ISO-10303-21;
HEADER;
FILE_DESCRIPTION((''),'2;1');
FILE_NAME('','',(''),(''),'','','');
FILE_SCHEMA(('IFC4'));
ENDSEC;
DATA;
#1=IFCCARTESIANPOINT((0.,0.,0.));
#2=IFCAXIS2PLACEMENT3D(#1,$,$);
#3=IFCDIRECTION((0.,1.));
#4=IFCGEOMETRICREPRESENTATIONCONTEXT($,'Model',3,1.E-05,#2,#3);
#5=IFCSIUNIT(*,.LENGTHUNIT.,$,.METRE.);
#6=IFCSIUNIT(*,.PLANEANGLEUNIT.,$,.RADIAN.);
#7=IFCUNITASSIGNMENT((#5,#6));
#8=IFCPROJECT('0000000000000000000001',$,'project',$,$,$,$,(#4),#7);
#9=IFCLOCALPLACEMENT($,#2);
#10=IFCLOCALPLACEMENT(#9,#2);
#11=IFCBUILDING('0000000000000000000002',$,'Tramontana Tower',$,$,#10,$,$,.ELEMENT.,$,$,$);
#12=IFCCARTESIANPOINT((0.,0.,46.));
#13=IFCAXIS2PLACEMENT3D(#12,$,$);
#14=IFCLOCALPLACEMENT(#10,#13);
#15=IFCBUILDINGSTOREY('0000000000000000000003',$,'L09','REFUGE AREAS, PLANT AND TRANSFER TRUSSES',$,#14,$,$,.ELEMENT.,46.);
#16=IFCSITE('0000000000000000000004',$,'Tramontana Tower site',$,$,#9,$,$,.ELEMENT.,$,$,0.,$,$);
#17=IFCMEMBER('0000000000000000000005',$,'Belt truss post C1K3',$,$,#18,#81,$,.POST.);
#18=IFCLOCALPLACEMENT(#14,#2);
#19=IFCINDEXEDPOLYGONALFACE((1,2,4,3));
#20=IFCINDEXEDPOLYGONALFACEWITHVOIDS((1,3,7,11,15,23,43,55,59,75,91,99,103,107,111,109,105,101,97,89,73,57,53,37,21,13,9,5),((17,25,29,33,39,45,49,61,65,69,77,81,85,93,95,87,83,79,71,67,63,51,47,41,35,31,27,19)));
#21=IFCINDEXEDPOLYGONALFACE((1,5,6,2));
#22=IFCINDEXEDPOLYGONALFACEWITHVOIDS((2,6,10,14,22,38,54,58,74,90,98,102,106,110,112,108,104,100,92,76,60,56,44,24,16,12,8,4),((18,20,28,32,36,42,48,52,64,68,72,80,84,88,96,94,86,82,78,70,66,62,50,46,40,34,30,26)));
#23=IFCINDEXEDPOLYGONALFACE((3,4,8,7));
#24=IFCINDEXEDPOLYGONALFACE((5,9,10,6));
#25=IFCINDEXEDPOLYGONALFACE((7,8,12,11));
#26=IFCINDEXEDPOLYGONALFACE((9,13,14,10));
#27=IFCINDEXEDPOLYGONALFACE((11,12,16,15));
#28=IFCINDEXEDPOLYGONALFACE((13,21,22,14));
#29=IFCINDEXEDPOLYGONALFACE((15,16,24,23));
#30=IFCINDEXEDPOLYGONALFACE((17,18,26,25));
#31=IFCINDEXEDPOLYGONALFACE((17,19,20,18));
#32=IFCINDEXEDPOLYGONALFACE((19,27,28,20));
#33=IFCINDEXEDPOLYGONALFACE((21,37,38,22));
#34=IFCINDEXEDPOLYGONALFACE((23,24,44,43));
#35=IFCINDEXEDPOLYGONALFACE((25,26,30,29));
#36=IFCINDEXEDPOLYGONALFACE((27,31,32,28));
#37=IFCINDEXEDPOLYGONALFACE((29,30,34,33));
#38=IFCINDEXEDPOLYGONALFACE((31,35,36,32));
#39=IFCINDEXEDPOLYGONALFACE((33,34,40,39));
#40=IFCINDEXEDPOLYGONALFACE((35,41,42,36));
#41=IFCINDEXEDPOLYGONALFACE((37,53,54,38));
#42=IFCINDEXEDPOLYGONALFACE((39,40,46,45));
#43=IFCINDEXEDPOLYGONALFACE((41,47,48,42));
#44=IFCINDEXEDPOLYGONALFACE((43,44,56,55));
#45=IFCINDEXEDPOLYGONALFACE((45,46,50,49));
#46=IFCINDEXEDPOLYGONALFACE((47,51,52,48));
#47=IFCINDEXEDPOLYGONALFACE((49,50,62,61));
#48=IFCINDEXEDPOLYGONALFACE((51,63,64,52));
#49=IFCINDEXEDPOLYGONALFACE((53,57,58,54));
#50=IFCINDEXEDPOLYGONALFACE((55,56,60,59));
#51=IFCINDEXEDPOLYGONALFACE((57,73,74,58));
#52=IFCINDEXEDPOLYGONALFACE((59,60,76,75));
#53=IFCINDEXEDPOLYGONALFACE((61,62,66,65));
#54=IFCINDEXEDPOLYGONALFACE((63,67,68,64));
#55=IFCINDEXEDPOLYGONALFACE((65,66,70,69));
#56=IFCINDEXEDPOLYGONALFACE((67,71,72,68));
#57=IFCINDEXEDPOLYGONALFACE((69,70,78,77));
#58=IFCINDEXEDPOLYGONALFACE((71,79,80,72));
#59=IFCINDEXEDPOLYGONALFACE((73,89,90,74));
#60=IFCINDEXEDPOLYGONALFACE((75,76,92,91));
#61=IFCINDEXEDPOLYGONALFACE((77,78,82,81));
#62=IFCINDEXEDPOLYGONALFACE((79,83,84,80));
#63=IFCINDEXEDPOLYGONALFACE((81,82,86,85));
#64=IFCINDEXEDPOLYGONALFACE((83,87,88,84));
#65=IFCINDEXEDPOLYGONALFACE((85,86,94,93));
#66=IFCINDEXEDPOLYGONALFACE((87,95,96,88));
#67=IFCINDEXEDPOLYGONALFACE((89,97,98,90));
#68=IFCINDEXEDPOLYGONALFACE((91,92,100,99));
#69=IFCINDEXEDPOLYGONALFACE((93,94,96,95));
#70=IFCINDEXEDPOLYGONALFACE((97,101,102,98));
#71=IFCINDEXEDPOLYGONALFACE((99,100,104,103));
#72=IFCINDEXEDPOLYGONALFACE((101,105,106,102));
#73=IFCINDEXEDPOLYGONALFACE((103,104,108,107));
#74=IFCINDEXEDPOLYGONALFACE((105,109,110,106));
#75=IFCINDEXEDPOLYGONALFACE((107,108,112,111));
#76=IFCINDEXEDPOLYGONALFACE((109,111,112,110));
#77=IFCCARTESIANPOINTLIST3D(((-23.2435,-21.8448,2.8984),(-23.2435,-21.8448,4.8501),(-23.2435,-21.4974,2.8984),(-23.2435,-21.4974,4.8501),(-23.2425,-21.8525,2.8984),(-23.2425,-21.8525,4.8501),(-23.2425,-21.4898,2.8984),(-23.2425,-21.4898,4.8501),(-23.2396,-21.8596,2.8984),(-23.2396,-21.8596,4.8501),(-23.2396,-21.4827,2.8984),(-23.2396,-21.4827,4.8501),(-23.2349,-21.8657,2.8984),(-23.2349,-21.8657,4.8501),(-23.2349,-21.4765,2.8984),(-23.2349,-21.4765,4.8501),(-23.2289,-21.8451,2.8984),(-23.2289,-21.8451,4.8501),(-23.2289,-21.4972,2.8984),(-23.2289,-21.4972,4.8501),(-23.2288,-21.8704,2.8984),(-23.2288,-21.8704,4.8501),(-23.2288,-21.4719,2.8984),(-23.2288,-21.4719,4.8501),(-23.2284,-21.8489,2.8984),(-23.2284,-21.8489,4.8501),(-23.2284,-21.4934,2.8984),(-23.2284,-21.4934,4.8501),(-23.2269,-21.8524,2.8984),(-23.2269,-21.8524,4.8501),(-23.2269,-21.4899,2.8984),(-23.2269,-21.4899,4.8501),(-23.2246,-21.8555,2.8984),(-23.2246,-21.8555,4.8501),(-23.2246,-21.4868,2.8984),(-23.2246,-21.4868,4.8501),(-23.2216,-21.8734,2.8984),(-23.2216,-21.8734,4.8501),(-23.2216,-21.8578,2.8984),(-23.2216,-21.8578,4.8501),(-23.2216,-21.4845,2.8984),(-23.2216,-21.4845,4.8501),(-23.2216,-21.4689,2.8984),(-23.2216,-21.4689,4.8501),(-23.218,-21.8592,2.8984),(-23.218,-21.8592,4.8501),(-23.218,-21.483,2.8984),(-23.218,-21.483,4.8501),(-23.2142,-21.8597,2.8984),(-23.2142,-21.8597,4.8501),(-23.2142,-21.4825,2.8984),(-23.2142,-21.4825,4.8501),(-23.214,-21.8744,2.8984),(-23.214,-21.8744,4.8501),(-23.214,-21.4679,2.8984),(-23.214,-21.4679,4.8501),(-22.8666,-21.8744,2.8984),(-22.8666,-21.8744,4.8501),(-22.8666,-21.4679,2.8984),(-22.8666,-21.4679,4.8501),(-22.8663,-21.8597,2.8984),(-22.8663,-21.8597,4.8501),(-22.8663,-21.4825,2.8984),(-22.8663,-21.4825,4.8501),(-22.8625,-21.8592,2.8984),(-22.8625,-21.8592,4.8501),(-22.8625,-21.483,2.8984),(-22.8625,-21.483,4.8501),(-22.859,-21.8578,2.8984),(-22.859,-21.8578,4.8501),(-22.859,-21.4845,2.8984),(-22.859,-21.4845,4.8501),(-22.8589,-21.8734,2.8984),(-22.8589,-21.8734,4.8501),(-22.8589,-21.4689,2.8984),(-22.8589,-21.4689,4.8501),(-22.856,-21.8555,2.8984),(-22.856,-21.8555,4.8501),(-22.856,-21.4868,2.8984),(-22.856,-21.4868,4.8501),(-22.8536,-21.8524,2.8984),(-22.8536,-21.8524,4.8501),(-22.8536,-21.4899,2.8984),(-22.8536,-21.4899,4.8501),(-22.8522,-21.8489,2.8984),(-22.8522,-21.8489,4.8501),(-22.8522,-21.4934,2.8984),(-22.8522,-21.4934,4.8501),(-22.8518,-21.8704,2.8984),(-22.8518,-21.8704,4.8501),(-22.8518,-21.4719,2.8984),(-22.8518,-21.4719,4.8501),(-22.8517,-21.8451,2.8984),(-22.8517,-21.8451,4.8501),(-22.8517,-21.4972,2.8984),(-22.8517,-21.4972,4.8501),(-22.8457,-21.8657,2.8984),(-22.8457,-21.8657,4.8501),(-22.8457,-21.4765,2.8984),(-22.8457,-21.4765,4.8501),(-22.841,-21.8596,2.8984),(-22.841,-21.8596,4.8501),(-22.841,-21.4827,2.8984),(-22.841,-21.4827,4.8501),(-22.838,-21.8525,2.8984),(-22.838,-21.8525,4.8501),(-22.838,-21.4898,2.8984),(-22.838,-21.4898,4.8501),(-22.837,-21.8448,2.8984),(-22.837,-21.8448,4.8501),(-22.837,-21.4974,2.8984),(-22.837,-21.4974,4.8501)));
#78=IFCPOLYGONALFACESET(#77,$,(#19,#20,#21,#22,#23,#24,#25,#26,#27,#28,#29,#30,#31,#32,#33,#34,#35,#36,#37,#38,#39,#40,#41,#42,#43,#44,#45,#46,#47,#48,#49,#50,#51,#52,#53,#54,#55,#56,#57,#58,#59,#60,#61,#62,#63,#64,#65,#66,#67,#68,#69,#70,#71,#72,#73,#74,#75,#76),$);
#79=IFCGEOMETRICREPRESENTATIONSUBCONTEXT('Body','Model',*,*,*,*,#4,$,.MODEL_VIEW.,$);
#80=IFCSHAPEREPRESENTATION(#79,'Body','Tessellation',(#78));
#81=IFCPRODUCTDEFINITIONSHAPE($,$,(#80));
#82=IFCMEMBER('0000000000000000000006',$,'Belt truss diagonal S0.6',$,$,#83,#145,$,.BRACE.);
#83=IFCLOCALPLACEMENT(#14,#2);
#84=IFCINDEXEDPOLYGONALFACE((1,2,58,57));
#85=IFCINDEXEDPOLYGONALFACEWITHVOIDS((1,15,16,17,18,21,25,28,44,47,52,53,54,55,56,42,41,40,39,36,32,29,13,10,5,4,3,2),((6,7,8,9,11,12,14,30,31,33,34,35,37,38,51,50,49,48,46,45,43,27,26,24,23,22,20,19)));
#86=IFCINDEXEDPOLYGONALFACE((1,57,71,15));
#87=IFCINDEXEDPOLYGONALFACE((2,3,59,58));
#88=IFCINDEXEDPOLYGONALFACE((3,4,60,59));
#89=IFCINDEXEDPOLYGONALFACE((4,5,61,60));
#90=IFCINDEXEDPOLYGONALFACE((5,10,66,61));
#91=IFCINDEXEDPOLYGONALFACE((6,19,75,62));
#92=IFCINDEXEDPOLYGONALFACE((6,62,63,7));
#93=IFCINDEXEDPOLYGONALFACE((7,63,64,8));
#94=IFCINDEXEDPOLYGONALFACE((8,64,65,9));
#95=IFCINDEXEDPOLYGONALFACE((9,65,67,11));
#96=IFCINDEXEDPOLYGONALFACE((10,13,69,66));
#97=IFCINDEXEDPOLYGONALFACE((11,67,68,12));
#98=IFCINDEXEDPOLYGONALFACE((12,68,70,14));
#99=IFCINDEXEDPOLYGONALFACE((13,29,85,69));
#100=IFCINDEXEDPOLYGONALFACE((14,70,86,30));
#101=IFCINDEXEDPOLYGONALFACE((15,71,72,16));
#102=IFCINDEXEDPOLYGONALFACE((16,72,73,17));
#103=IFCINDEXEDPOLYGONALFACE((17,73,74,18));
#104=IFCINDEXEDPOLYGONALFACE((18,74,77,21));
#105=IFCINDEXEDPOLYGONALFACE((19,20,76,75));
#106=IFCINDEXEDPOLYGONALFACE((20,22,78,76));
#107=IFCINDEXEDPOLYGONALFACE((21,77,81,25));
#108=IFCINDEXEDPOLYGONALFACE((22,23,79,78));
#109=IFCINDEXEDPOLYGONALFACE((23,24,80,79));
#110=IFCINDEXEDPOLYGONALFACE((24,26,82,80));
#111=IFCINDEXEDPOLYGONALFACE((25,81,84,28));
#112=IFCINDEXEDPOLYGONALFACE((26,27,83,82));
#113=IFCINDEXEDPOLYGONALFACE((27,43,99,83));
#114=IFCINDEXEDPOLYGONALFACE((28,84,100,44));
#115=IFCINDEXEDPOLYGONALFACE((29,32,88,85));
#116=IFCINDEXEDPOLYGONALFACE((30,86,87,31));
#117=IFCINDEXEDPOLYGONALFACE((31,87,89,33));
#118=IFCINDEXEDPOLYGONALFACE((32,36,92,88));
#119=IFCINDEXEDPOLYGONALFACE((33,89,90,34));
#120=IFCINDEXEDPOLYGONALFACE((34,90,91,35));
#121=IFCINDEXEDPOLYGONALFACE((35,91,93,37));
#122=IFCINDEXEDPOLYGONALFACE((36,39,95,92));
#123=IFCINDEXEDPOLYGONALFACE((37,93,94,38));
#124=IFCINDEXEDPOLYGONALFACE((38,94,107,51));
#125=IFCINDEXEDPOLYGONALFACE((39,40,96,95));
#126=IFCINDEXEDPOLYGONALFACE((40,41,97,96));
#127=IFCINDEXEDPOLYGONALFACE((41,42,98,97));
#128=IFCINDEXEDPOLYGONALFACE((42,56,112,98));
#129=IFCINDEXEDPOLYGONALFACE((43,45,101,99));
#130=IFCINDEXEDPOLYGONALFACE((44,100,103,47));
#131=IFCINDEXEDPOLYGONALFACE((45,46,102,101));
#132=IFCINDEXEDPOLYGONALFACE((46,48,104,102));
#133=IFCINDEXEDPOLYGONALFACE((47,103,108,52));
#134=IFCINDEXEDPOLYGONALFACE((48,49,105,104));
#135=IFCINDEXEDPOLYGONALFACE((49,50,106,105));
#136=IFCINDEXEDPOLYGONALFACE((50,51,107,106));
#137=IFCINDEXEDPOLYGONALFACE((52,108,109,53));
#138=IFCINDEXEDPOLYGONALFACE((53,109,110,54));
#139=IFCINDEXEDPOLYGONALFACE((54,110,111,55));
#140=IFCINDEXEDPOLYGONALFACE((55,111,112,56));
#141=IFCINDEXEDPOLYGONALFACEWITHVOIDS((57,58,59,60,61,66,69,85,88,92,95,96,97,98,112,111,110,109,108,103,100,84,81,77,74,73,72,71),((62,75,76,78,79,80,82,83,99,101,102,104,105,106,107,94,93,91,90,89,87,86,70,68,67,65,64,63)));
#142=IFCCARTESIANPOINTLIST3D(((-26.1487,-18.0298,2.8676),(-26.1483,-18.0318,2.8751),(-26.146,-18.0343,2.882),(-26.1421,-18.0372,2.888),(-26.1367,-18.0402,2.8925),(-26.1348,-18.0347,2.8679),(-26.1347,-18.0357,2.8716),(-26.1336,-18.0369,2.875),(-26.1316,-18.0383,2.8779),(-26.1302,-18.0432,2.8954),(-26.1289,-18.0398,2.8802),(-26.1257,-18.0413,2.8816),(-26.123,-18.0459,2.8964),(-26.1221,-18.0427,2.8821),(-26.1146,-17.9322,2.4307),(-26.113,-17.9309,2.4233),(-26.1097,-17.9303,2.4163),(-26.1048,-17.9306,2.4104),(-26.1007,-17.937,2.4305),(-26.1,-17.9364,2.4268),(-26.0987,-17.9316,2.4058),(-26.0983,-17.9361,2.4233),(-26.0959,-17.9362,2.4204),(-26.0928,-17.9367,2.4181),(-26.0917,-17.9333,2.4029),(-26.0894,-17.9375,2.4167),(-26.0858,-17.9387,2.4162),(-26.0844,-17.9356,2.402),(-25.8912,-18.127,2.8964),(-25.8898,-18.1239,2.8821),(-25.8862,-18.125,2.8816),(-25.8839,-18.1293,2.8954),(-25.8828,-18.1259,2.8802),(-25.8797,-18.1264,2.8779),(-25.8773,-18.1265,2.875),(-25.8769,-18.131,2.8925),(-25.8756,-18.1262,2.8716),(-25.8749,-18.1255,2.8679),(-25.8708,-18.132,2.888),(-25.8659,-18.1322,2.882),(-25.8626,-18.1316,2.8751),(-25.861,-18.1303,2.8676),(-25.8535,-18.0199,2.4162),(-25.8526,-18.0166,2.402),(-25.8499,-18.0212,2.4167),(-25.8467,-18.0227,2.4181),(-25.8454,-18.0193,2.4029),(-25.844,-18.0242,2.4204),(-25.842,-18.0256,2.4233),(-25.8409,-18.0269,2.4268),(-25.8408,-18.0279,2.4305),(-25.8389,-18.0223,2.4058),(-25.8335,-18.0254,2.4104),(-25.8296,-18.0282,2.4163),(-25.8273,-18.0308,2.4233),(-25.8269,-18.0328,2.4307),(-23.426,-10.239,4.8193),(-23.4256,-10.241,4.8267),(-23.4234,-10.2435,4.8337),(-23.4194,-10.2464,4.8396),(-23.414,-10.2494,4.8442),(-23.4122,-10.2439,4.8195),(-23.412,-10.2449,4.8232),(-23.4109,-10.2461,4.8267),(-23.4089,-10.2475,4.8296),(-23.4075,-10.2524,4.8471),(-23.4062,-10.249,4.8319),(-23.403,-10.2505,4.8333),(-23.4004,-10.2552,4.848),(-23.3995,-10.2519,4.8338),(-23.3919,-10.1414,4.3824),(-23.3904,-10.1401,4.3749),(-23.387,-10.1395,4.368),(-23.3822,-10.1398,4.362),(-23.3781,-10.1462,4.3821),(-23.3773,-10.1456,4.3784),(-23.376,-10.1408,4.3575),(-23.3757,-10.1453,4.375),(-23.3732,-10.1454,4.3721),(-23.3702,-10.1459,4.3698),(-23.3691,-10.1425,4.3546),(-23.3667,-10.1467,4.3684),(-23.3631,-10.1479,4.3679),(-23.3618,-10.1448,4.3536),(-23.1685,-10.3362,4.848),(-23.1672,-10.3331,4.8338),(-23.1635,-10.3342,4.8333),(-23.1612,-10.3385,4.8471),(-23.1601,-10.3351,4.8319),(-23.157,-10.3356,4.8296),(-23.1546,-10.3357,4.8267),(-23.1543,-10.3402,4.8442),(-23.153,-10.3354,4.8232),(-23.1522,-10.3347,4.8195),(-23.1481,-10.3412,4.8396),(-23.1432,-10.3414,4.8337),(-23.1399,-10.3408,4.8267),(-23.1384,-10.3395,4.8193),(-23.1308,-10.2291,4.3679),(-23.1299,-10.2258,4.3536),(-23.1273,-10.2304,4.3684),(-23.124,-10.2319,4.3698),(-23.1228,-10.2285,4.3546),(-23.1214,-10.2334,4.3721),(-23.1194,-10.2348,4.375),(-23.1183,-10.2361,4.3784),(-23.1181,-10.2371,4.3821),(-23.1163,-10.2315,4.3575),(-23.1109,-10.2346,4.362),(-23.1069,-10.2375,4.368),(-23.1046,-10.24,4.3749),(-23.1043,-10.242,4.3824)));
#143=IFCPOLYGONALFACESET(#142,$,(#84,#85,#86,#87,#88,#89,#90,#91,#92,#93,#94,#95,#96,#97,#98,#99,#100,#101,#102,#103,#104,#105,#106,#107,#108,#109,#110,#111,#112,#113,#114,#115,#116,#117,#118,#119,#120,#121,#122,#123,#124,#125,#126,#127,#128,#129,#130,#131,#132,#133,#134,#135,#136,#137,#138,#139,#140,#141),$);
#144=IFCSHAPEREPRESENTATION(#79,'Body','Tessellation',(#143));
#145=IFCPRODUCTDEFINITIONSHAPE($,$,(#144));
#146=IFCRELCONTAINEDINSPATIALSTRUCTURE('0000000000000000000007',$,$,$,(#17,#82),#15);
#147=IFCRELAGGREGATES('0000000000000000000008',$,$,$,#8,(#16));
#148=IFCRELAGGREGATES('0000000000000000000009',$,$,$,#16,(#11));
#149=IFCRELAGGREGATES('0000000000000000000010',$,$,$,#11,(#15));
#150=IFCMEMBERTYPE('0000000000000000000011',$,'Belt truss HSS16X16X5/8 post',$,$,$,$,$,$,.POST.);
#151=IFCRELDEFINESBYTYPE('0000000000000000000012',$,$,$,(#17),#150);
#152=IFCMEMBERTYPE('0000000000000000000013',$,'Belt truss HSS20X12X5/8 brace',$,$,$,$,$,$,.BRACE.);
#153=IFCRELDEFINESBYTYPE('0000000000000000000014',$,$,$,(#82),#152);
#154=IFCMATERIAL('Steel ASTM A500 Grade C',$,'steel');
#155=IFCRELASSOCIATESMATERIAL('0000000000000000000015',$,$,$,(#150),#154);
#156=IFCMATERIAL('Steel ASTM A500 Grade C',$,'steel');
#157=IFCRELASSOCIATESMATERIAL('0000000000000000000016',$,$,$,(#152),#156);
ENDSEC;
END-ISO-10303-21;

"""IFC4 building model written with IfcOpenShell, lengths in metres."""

from ifc_helpers import new_model, si_unit, direction, frame, origin, origin_2d, place, context, subcontext, project, spatial, hollow_rectangle, extrude, material, material_profile, profile_set, type_object, element, save


model = new_model("IFC4")

# Units and contexts
model_context = context("Model", 3, precision=1e-05, world=origin(), true_north=direction((0.0, 1.0)))
body_context = subcontext(model_context, "Body", "Model", "MODEL_VIEW")
ifc_project = project(units=[si_unit("LENGTHUNIT", "METRE"), si_unit("PLANEANGLEUNIT", "RADIAN")], contexts=[model_context])

# Site, building, storey
site_placement = place(None, origin())
site = spatial("IfcSite", under=ifc_project, at=site_placement, Name="Tramontana Tower site", CompositionType="ELEMENT", RefElevation=0.0)
building_placement = place(site_placement, origin())
building = spatial("IfcBuilding", under=site, at=building_placement, Name="Tramontana Tower", CompositionType="ELEMENT")
storey_placement = place(building_placement, frame((0.0, 0.0, 46.0)))
storey = spatial("IfcBuildingStorey", under=building, at=storey_placement, Name="L09", Description="REFUGE AREAS, PLANT AND TRANSFER TRUSSES", CompositionType="ELEMENT", Elevation=46.0)

# Members
ifc_material_1 = material(Name="Steel ASTM A500 Grade C", Category="steel")
ifc_material_profile_1 = material_profile(ifc_material_1, hollow_rectangle(XDim=0.4065, YDim=0.4065, WallThickness=0.0146, InnerFilletRadius=0.0146, OuterFilletRadius=0.0295, at=origin_2d()), Name="HSS16X16X5/8")
ifc_profile_set_1 = profile_set([ifc_material_profile_1], Name="Steel ASTM A500 Grade C")
member_type_1 = type_object("IfcMemberType", Name="Belt truss HSS16X16X5/8 post", PredefinedType="POST", material=ifc_profile_set_1)
for number, where, z_axis, x_axis, name in (
    (1, (-23.0403, -21.6711, 2.8984), (0.0, 0.0, 1.0), (1.0, 0.0, 0.0), "Belt truss post C1K3"),
):
    element("IfcMember", number, at=place(storey_placement, frame(where, z_axis=z_axis, x_axis=x_axis)), inside=storey, type_object=member_type_1, Name=name, PredefinedType="POST", context=body_context, shape_type="SweptSolid", body=[
        extrude(hollow_rectangle(XDim=0.4065, YDim=0.4065, WallThickness=0.0146, InnerFilletRadius=0.0146, OuterFilletRadius=0.0295, at=origin_2d()), origin(), (0.0, 0.0, 1.0), 1.9517),
    ])
ifc_material_2 = material(Name="Steel ASTM A500 Grade C", Category="steel")
ifc_material_profile_2 = material_profile(ifc_material_2, hollow_rectangle(XDim=0.3047, YDim=0.5081, WallThickness=0.0146, InnerFilletRadius=0.0146, OuterFilletRadius=0.0295, at=origin_2d()), Name="HSS20X12X5/8")
ifc_profile_set_2 = profile_set([ifc_material_profile_2], Name="Steel ASTM A500 Grade C")
member_type_2 = type_object("IfcMemberType", Name="Belt truss HSS20X12X5/8 brace", PredefinedType="BRACE", material=ifc_profile_set_2)
member_1_placement = place(storey_placement, frame((-23.2651, -10.2405, 4.6008), z_axis=(-0.321051, -0.918675, -0.230137), x_axis=(0.944014, -0.329906, 0.0)))
element("IfcMember", 2, at=member_1_placement, inside=storey, type_object=member_type_2, Name="Belt truss diagonal S0.6", PredefinedType="BRACE", context=body_context, shape_type="SweptSolid", body=[
    extrude(hollow_rectangle(XDim=0.3047, YDim=0.5081, WallThickness=0.0146, InnerFilletRadius=0.0146, OuterFilletRadius=0.0295, at=origin_2d()), origin(), (0.0, 0.0, 1.0), 8.4805),
])

save(model, "model.ifc")
